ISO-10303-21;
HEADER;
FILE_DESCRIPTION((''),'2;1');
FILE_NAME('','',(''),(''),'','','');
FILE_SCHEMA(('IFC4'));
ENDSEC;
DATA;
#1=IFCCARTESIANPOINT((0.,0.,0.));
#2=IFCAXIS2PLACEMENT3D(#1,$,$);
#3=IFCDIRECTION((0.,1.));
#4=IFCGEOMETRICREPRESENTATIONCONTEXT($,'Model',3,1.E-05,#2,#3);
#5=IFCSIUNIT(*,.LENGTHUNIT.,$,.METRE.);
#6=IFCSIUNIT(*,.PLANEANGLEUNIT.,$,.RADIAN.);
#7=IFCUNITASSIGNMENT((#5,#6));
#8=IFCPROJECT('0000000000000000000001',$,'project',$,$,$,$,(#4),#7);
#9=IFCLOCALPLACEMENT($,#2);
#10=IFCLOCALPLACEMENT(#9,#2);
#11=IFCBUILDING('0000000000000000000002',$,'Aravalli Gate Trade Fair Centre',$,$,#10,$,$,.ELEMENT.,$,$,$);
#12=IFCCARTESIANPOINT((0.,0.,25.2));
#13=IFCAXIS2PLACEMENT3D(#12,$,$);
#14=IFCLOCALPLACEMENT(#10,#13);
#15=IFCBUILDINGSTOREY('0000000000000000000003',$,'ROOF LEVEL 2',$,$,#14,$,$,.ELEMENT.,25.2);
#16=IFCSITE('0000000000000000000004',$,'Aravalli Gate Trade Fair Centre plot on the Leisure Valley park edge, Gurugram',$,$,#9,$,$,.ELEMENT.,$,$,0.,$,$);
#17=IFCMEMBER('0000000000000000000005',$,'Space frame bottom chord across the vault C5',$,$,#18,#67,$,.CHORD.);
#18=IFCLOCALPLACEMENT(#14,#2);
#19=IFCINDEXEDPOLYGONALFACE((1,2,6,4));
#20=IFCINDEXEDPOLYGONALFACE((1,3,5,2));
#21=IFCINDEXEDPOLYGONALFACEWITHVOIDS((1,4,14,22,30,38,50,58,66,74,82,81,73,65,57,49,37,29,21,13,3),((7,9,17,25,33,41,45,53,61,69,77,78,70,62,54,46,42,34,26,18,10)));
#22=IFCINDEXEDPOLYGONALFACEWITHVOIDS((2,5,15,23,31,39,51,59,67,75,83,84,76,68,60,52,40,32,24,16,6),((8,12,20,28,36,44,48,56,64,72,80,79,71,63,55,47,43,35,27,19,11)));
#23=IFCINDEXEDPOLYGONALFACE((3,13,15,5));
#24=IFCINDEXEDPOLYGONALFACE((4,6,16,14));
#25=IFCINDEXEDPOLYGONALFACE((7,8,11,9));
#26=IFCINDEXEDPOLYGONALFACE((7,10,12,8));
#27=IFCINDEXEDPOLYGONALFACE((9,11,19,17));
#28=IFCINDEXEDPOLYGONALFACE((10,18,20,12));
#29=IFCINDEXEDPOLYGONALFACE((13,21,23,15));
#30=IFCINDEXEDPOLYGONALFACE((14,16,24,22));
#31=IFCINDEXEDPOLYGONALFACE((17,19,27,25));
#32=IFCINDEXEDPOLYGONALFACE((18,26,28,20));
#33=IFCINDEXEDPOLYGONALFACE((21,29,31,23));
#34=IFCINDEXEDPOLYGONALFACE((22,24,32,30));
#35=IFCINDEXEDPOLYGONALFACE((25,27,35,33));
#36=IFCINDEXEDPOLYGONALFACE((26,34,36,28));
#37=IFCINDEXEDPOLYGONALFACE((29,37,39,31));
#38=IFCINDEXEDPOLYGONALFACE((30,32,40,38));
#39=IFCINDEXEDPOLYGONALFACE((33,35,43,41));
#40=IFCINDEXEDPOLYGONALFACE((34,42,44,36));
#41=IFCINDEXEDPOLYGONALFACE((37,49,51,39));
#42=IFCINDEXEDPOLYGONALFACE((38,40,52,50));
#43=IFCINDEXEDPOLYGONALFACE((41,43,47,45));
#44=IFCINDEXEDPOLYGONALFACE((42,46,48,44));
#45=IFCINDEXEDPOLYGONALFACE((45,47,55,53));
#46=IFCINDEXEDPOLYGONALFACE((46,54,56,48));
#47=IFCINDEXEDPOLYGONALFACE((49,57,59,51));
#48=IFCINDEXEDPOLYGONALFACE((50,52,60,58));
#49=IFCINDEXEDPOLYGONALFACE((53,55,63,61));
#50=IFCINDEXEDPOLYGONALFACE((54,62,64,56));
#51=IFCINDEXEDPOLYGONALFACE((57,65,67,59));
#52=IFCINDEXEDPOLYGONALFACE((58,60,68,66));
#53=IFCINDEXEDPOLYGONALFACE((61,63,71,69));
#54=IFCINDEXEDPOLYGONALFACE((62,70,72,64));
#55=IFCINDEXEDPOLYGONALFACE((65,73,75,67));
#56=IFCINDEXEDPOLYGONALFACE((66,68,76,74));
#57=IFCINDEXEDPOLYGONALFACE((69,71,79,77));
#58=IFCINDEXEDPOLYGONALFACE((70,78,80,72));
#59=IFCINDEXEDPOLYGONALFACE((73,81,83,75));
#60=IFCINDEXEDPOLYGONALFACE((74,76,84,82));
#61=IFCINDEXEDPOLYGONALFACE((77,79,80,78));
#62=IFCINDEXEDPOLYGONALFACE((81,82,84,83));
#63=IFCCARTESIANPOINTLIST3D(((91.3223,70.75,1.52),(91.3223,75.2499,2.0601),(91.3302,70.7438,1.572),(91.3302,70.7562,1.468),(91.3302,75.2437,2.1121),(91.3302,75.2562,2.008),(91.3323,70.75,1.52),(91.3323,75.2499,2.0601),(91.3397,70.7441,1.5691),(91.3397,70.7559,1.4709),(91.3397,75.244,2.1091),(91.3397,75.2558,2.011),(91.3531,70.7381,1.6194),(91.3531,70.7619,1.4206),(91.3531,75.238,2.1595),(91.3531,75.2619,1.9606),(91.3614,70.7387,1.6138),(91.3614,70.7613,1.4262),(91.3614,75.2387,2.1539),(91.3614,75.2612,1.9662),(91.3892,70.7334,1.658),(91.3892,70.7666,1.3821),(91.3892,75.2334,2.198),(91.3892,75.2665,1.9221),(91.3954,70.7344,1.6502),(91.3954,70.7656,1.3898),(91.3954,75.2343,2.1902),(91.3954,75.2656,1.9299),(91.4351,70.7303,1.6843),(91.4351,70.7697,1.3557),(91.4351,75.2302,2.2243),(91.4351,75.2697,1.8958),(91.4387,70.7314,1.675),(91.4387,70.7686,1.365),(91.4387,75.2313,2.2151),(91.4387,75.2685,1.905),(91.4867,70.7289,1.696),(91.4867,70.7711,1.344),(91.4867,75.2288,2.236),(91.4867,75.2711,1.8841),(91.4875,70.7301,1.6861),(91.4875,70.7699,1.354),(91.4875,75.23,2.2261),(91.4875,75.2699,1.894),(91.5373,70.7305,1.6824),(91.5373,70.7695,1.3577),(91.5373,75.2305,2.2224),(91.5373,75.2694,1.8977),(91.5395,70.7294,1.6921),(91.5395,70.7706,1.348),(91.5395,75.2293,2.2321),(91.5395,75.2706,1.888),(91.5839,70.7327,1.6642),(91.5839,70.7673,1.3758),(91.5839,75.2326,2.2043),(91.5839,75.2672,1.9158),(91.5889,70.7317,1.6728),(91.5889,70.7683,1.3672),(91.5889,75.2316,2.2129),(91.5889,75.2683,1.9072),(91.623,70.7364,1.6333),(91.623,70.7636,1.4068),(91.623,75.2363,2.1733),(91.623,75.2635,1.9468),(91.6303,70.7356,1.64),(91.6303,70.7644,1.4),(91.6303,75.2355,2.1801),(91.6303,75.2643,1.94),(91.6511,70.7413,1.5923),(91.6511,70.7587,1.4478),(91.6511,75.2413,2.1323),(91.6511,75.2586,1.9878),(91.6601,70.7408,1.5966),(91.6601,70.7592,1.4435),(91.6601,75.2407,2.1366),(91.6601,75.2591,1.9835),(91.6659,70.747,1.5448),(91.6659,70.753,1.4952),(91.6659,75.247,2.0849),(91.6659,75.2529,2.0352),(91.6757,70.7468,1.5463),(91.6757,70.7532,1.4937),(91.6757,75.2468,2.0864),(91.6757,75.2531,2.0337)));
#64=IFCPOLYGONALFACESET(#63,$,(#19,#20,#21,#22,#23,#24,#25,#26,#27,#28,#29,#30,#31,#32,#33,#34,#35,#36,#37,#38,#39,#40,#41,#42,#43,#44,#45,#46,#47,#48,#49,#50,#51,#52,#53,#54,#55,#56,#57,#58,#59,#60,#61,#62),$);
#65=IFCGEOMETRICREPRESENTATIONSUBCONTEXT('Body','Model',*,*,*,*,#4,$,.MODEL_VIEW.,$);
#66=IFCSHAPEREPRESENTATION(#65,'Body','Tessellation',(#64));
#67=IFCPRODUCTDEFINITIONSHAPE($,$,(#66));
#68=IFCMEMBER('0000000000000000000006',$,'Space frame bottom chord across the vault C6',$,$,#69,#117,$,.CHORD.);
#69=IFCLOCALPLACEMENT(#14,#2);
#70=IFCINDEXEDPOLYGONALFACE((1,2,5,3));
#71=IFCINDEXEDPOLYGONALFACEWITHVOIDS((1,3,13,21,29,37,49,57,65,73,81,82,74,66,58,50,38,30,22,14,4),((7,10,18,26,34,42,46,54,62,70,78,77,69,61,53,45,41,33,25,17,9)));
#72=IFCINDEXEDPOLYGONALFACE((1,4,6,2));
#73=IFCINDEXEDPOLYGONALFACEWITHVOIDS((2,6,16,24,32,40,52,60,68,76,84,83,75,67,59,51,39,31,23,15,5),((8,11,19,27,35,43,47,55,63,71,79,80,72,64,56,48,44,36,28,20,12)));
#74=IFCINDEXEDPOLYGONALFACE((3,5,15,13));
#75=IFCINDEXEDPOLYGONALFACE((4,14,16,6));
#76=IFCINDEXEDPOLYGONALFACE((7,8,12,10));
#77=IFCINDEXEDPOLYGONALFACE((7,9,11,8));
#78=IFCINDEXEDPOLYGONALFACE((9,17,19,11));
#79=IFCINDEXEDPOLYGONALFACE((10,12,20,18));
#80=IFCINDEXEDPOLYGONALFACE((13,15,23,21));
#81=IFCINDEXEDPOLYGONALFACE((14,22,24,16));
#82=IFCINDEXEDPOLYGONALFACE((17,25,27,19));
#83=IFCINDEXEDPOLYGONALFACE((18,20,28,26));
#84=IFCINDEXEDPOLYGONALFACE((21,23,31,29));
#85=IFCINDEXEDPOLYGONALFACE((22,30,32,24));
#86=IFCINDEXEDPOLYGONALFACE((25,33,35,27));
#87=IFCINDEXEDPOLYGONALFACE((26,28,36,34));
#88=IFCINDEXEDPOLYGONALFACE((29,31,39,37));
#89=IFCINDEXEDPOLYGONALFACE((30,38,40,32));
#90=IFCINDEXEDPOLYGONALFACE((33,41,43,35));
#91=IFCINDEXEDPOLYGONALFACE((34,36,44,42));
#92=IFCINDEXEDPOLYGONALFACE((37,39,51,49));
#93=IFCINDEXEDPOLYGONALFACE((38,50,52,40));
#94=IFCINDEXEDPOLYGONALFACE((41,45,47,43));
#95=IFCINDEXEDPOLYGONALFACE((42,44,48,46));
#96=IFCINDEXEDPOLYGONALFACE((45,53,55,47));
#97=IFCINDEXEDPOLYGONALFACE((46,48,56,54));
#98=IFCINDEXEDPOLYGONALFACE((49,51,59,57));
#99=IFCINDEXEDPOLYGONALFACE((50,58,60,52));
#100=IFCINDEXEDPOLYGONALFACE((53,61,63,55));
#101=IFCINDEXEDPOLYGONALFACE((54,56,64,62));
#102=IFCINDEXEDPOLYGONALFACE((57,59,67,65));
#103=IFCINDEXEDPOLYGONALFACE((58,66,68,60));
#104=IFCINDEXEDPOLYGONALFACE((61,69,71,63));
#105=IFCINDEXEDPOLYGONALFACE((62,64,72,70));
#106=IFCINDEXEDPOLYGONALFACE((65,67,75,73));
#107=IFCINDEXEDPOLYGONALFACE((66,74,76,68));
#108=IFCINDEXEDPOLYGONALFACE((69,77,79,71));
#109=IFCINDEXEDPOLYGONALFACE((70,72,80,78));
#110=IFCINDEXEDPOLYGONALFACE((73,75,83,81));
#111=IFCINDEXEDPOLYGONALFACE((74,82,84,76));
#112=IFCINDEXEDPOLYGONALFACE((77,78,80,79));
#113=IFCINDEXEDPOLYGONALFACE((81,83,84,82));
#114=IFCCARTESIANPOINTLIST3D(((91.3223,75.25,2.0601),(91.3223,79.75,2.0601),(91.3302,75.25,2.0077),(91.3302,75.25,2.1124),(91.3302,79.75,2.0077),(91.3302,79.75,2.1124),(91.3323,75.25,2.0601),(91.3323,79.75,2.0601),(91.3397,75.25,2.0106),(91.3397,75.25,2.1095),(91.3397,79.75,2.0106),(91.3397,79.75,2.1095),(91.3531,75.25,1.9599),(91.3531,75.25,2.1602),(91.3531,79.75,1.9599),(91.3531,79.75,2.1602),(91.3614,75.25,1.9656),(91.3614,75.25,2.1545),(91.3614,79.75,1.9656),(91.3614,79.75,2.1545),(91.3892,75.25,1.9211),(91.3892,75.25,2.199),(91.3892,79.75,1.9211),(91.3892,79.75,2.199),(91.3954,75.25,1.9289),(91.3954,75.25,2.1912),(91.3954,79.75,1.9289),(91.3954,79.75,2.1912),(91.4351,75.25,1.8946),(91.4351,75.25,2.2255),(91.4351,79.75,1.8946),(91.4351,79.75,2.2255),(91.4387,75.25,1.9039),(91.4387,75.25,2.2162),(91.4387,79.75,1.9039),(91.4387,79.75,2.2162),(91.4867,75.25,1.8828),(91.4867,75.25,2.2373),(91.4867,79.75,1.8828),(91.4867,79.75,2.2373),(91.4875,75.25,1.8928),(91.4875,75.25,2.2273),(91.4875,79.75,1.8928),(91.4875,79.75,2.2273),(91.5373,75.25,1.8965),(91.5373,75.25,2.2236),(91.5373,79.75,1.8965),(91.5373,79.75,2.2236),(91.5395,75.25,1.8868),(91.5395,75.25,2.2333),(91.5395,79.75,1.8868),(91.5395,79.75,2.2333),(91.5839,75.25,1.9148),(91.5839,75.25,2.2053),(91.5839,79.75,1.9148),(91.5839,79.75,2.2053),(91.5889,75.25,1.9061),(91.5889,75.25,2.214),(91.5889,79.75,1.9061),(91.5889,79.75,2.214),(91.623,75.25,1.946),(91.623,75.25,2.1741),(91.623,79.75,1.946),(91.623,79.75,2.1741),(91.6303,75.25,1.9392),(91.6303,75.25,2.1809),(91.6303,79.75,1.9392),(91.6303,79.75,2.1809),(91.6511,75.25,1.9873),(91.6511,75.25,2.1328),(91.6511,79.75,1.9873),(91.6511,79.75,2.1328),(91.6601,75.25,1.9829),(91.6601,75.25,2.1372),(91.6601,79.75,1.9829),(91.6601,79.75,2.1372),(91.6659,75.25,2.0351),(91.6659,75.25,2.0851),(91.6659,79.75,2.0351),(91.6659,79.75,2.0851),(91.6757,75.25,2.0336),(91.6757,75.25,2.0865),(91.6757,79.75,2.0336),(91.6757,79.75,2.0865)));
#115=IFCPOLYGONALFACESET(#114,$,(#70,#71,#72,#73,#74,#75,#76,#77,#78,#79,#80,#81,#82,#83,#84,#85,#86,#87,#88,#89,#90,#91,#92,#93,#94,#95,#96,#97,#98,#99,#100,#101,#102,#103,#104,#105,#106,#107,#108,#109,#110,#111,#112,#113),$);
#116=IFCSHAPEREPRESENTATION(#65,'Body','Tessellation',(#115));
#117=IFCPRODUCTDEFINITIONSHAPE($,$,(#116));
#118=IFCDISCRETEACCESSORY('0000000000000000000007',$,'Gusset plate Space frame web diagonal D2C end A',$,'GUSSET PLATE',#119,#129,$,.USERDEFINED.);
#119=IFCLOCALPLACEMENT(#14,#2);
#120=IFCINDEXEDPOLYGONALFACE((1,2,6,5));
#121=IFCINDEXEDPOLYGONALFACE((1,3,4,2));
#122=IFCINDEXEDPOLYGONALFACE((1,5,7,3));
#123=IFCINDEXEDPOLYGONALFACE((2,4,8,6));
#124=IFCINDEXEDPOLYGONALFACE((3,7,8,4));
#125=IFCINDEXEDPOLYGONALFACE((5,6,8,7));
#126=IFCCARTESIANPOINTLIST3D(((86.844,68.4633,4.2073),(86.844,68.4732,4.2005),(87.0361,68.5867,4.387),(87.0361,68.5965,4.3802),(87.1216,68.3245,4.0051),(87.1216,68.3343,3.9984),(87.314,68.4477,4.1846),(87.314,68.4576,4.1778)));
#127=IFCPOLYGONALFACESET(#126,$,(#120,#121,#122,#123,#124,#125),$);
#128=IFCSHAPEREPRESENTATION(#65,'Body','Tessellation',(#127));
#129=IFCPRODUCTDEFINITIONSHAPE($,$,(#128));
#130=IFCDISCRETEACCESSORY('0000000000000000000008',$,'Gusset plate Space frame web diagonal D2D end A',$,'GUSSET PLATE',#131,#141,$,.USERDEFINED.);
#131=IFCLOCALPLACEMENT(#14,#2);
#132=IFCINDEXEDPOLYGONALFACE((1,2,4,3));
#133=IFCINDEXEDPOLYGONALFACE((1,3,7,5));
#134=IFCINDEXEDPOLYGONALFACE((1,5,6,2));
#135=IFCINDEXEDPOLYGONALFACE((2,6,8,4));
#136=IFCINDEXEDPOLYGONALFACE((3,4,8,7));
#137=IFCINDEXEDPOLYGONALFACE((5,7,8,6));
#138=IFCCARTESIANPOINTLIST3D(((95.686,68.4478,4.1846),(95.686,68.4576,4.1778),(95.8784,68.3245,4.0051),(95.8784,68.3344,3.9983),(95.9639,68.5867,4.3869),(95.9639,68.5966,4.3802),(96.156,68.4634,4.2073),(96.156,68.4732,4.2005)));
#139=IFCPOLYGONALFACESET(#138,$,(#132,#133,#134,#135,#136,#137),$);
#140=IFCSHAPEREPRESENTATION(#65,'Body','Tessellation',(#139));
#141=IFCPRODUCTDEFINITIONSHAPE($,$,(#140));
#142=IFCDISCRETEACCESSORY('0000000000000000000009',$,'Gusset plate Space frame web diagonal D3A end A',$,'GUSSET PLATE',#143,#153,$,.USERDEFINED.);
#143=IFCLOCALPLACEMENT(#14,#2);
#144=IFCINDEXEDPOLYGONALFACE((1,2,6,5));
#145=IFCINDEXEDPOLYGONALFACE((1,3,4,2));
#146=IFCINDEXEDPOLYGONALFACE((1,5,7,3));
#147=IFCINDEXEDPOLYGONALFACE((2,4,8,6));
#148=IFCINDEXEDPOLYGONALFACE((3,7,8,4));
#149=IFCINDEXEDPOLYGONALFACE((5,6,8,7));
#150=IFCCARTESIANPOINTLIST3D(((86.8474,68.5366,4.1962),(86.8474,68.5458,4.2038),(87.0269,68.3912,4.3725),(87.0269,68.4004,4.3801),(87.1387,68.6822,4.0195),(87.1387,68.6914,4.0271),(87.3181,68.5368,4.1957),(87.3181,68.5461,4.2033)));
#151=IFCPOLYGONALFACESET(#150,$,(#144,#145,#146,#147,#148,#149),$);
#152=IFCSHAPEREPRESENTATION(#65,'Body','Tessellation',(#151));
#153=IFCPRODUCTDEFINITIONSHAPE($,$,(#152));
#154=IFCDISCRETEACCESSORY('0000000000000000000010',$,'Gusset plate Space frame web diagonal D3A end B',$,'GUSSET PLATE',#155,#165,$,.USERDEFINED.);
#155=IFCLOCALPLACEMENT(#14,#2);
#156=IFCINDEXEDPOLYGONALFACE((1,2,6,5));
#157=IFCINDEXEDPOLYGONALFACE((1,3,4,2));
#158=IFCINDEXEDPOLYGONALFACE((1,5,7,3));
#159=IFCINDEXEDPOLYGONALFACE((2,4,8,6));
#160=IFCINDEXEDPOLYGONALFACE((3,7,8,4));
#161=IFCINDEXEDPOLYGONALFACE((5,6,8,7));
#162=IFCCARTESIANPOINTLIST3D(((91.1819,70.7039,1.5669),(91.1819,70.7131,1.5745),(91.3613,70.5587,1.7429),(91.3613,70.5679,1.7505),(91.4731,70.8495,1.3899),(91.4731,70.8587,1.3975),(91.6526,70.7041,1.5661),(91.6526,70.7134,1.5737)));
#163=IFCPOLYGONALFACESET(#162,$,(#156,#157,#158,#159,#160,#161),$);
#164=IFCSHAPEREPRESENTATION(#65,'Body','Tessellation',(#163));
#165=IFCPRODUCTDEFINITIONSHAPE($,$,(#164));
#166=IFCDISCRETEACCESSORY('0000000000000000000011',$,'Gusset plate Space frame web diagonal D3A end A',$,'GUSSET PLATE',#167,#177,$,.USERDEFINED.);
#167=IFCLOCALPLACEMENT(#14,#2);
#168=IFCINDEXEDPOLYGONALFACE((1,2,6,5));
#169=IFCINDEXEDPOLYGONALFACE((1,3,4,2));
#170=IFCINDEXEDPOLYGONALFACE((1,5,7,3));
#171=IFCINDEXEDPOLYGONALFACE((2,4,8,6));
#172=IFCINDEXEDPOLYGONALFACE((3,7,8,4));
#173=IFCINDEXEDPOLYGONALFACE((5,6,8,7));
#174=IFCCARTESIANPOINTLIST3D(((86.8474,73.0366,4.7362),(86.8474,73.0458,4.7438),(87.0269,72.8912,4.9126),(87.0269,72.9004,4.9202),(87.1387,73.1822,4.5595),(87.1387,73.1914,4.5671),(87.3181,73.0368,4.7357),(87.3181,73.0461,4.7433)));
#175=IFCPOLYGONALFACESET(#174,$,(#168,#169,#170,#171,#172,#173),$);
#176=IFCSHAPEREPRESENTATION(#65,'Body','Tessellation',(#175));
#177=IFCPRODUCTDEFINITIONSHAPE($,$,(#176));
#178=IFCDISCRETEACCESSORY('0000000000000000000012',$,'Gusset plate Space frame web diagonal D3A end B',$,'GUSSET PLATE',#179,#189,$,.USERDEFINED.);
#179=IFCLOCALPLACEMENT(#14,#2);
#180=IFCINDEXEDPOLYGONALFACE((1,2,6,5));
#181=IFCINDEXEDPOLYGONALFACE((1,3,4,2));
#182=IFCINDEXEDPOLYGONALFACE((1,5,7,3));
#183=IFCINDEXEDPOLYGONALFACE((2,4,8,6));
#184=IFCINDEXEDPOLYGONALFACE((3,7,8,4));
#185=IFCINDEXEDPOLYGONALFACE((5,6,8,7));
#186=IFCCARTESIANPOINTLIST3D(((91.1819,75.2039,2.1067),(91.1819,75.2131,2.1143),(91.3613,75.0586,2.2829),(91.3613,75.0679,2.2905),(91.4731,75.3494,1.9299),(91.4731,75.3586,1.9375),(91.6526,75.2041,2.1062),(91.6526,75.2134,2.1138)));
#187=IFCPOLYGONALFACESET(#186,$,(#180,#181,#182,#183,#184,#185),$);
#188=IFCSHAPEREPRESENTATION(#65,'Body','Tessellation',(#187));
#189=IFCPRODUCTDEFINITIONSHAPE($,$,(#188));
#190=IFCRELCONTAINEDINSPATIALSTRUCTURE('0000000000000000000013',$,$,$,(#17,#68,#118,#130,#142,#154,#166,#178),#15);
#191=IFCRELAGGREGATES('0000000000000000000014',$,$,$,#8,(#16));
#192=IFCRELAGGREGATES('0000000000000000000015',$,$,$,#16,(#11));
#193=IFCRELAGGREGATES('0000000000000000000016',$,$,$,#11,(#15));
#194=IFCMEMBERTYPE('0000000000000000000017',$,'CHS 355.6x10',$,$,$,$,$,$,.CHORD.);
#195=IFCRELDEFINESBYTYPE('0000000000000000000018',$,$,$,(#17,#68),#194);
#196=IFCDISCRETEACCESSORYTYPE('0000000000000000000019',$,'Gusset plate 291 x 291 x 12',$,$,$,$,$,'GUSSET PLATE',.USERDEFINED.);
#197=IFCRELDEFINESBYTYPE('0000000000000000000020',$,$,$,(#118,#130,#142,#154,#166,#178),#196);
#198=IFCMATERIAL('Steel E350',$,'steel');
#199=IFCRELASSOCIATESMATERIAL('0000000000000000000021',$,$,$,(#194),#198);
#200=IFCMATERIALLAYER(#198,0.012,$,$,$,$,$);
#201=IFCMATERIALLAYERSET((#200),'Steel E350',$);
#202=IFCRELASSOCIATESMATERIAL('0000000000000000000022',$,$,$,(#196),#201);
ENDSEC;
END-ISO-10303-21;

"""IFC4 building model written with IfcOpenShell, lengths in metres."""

from ifc_helpers import new_model, si_unit, direction, frame, origin, origin_2d, place, context, subcontext, project, spatial, polyline, hollow_circle, outline, extrude, material, layer, layer_set, material_profile, profile_set, type_object, element, save


model = new_model("IFC4")

# Units and contexts
model_context = context("Model", 3, precision=1e-05, world=origin(), true_north=direction((0.0, 1.0)))
body_context = subcontext(model_context, "Body", "Model", "MODEL_VIEW")
ifc_project = project(units=[si_unit("LENGTHUNIT", "METRE"), si_unit("PLANEANGLEUNIT", "RADIAN")], contexts=[model_context])

# Site, building, storey
site_placement = place(None, origin())
site = spatial("IfcSite", under=ifc_project, at=site_placement, Name="Aravalli Gate Trade Fair Centre plot on the Leisure Valley park edge, Gurugram", CompositionType="ELEMENT", RefElevation=0.0)
building_placement = place(site_placement, origin())
building = spatial("IfcBuilding", under=site, at=building_placement, Name="Aravalli Gate Trade Fair Centre", CompositionType="ELEMENT")
storey_placement = place(building_placement, frame((0.0, 0.0, 25.2)))
storey = spatial("IfcBuildingStorey", under=building, at=storey_placement, Name="ROOF LEVEL 2", CompositionType="ELEMENT", Elevation=25.2)

# Members
ifc_material = material(Name="Steel E350", Category="steel")
ifc_material_profile_1 = material_profile(ifc_material, hollow_circle(Radius=0.1777, WallThickness=0.01, at=origin_2d()), Name="CHS 355.6x10")
ifc_profile_set_1 = profile_set([ifc_material_profile_1], Name="Steel E350")
member_type_1 = type_object("IfcMemberType", Name="CHS 355.6x10", PredefinedType="CHORD", material=ifc_profile_set_1)
member_1_placement = place(storey_placement, frame((91.5, 70.75, 1.52), z_axis=(0.0, 0.992876, 0.119154), x_axis=(-1.0, 0.0, 0.0)))
element("IfcMember", 1, at=member_1_placement, inside=storey, type_object=member_type_1, Name="Space frame bottom chord across the vault C5", PredefinedType="CHORD", context=body_context, shape_type="SweptSolid", body=[
    extrude(hollow_circle(Radius=0.1777, WallThickness=0.01, at=origin_2d()), origin(), (0.0, 0.0, 1.0), 4.5322),
])
member_2_placement = place(storey_placement, frame((91.5, 75.25, 2.0601), z_axis=(0.0, 1.0, 0.0), x_axis=(-1.0, 0.0, 0.0)))
element("IfcMember", 2, at=member_2_placement, inside=storey, type_object=member_type_1, Name="Space frame bottom chord across the vault C6", PredefinedType="CHORD", context=body_context, shape_type="SweptSolid", body=[
    extrude(hollow_circle(Radius=0.1777, WallThickness=0.01, at=origin_2d()), origin(), (0.0, 0.0, 1.0), 4.5),
])

# Discrete accessories
ifc_layer = layer(ifc_material, 0.012)
ifc_layer_set = layer_set([ifc_layer], Name="Steel E350")
discrete_accessory_type = type_object("IfcDiscreteAccessoryType", Name="Gusset plate 291 x 291 x 12", ElementType="GUSSET PLATE", PredefinedType="USERDEFINED", material=ifc_layer_set)
discrete_accessory_1_placement = place(storey_placement, frame((87.1216, 68.3245, 4.0051), z_axis=(-0.000059, -0.824356, 0.566072), x_axis=(-0.749371, 0.374861, 0.545822)))
element("IfcDiscreteAccessory", 3, at=discrete_accessory_1_placement, inside=storey, type_object=discrete_accessory_type, Name="Gusset plate Space frame web diagonal D2C end A", ObjectType="GUSSET PLATE", PredefinedType="USERDEFINED", context=body_context, shape_type="SweptSolid", body=[
    extrude(outline(polyline([(0.0, 0.0), (0.3704, 0.0), (0.3707, -0.2905), (0.0, -0.2905), (0.0, 0.0)])), origin(), (0.0, 0.0, -1.0), 0.012),
])
discrete_accessory_2_placement = place(storey_placement, frame((95.686, 68.4478, 4.1846), z_axis=(0.000059, -0.824356, 0.566072), x_axis=(0.749391, 0.374849, 0.545804)))
element("IfcDiscreteAccessory", 4, at=discrete_accessory_2_placement, inside=storey, type_object=discrete_accessory_type, Name="Gusset plate Space frame web diagonal D2D end A", ObjectType="GUSSET PLATE", PredefinedType="USERDEFINED", context=body_context, shape_type="SweptSolid", body=[
    extrude(outline(polyline([(0.0, 0.0), (0.3707, 0.0), (0.3704, -0.2905), (0.0, -0.2905), (0.0, 0.0)])), origin(), (0.0, 0.0, -1.0), 0.012),
])
discrete_accessory_3_placement = place(storey_placement, frame((87.1387, 68.6914, 4.0271), z_axis=(0.00026, 0.771582, 0.63613), x_axis=(-0.78619, -0.392962, 0.476956)))
element("IfcDiscreteAccessory", 5, at=discrete_accessory_3_placement, inside=storey, type_object=discrete_accessory_type, Name="Gusset plate Space frame web diagonal D3A end A", ObjectType="GUSSET PLATE", PredefinedType="USERDEFINED", context=body_context, shape_type="SweptSolid", body=[
    extrude(outline(polyline([(0.0, 0.0), (0.3705, 0.0), (0.3706, 0.2906), (0.0001, 0.2905), (0.0, 0.0)])), origin(), (0.0, 0.0, -1.0), 0.012),
])
discrete_accessory_4_placement = place(storey_placement, frame((91.1819, 70.7131, 1.5745), z_axis=(0.000589, 0.771792, 0.635874), x_axis=(0.785943, 0.392803, -0.477493)))
element("IfcDiscreteAccessory", 6, at=discrete_accessory_4_placement, inside=storey, type_object=discrete_accessory_type, Name="Gusset plate Space frame web diagonal D3A end B", ObjectType="GUSSET PLATE", PredefinedType="USERDEFINED", context=body_context, shape_type="SweptSolid", body=[
    extrude(outline(polyline([(0.0, 0.0), (0.3706, 0.0), (0.3704, -0.2905), (-0.0001, -0.2903), (0.0, 0.0)])), origin(), (0.0, 0.0, -1.0), 0.012),
])
discrete_accessory_5_placement = place(storey_placement, frame((87.1387, 73.1914, 4.5671), z_axis=(0.00026, 0.771582, 0.63613), x_axis=(-0.78619, -0.392962, 0.476956)))
element("IfcDiscreteAccessory", 7, at=discrete_accessory_5_placement, inside=storey, type_object=discrete_accessory_type, Name="Gusset plate Space frame web diagonal D3A end A", ObjectType="GUSSET PLATE", PredefinedType="USERDEFINED", context=body_context, shape_type="SweptSolid", body=[
    extrude(outline(polyline([(0.0, 0.0), (0.3705, 0.0), (0.3706, 0.2906), (0.0001, 0.2905), (0.0, 0.0)])), origin(), (0.0, 0.0, -1.0), 0.012),
])
discrete_accessory_6_placement = place(storey_placement, frame((91.1819, 75.2131, 2.1143), z_axis=(0.000259, 0.771844, 0.635812), x_axis=(0.78619, 0.392765, -0.477118)))
element("IfcDiscreteAccessory", 8, at=discrete_accessory_6_placement, inside=storey, type_object=discrete_accessory_type, Name="Gusset plate Space frame web diagonal D3A end B", ObjectType="GUSSET PLATE", PredefinedType="USERDEFINED", context=body_context, shape_type="SweptSolid", body=[
    extrude(outline(polyline([(0.0, 0.0), (0.3705, 0.0), (0.3704, -0.2905), (-0.0001, -0.2905), (0.0, 0.0)])), origin(), (0.0, 0.0, -1.0), 0.012),
])

save(model, "model.ifc")
